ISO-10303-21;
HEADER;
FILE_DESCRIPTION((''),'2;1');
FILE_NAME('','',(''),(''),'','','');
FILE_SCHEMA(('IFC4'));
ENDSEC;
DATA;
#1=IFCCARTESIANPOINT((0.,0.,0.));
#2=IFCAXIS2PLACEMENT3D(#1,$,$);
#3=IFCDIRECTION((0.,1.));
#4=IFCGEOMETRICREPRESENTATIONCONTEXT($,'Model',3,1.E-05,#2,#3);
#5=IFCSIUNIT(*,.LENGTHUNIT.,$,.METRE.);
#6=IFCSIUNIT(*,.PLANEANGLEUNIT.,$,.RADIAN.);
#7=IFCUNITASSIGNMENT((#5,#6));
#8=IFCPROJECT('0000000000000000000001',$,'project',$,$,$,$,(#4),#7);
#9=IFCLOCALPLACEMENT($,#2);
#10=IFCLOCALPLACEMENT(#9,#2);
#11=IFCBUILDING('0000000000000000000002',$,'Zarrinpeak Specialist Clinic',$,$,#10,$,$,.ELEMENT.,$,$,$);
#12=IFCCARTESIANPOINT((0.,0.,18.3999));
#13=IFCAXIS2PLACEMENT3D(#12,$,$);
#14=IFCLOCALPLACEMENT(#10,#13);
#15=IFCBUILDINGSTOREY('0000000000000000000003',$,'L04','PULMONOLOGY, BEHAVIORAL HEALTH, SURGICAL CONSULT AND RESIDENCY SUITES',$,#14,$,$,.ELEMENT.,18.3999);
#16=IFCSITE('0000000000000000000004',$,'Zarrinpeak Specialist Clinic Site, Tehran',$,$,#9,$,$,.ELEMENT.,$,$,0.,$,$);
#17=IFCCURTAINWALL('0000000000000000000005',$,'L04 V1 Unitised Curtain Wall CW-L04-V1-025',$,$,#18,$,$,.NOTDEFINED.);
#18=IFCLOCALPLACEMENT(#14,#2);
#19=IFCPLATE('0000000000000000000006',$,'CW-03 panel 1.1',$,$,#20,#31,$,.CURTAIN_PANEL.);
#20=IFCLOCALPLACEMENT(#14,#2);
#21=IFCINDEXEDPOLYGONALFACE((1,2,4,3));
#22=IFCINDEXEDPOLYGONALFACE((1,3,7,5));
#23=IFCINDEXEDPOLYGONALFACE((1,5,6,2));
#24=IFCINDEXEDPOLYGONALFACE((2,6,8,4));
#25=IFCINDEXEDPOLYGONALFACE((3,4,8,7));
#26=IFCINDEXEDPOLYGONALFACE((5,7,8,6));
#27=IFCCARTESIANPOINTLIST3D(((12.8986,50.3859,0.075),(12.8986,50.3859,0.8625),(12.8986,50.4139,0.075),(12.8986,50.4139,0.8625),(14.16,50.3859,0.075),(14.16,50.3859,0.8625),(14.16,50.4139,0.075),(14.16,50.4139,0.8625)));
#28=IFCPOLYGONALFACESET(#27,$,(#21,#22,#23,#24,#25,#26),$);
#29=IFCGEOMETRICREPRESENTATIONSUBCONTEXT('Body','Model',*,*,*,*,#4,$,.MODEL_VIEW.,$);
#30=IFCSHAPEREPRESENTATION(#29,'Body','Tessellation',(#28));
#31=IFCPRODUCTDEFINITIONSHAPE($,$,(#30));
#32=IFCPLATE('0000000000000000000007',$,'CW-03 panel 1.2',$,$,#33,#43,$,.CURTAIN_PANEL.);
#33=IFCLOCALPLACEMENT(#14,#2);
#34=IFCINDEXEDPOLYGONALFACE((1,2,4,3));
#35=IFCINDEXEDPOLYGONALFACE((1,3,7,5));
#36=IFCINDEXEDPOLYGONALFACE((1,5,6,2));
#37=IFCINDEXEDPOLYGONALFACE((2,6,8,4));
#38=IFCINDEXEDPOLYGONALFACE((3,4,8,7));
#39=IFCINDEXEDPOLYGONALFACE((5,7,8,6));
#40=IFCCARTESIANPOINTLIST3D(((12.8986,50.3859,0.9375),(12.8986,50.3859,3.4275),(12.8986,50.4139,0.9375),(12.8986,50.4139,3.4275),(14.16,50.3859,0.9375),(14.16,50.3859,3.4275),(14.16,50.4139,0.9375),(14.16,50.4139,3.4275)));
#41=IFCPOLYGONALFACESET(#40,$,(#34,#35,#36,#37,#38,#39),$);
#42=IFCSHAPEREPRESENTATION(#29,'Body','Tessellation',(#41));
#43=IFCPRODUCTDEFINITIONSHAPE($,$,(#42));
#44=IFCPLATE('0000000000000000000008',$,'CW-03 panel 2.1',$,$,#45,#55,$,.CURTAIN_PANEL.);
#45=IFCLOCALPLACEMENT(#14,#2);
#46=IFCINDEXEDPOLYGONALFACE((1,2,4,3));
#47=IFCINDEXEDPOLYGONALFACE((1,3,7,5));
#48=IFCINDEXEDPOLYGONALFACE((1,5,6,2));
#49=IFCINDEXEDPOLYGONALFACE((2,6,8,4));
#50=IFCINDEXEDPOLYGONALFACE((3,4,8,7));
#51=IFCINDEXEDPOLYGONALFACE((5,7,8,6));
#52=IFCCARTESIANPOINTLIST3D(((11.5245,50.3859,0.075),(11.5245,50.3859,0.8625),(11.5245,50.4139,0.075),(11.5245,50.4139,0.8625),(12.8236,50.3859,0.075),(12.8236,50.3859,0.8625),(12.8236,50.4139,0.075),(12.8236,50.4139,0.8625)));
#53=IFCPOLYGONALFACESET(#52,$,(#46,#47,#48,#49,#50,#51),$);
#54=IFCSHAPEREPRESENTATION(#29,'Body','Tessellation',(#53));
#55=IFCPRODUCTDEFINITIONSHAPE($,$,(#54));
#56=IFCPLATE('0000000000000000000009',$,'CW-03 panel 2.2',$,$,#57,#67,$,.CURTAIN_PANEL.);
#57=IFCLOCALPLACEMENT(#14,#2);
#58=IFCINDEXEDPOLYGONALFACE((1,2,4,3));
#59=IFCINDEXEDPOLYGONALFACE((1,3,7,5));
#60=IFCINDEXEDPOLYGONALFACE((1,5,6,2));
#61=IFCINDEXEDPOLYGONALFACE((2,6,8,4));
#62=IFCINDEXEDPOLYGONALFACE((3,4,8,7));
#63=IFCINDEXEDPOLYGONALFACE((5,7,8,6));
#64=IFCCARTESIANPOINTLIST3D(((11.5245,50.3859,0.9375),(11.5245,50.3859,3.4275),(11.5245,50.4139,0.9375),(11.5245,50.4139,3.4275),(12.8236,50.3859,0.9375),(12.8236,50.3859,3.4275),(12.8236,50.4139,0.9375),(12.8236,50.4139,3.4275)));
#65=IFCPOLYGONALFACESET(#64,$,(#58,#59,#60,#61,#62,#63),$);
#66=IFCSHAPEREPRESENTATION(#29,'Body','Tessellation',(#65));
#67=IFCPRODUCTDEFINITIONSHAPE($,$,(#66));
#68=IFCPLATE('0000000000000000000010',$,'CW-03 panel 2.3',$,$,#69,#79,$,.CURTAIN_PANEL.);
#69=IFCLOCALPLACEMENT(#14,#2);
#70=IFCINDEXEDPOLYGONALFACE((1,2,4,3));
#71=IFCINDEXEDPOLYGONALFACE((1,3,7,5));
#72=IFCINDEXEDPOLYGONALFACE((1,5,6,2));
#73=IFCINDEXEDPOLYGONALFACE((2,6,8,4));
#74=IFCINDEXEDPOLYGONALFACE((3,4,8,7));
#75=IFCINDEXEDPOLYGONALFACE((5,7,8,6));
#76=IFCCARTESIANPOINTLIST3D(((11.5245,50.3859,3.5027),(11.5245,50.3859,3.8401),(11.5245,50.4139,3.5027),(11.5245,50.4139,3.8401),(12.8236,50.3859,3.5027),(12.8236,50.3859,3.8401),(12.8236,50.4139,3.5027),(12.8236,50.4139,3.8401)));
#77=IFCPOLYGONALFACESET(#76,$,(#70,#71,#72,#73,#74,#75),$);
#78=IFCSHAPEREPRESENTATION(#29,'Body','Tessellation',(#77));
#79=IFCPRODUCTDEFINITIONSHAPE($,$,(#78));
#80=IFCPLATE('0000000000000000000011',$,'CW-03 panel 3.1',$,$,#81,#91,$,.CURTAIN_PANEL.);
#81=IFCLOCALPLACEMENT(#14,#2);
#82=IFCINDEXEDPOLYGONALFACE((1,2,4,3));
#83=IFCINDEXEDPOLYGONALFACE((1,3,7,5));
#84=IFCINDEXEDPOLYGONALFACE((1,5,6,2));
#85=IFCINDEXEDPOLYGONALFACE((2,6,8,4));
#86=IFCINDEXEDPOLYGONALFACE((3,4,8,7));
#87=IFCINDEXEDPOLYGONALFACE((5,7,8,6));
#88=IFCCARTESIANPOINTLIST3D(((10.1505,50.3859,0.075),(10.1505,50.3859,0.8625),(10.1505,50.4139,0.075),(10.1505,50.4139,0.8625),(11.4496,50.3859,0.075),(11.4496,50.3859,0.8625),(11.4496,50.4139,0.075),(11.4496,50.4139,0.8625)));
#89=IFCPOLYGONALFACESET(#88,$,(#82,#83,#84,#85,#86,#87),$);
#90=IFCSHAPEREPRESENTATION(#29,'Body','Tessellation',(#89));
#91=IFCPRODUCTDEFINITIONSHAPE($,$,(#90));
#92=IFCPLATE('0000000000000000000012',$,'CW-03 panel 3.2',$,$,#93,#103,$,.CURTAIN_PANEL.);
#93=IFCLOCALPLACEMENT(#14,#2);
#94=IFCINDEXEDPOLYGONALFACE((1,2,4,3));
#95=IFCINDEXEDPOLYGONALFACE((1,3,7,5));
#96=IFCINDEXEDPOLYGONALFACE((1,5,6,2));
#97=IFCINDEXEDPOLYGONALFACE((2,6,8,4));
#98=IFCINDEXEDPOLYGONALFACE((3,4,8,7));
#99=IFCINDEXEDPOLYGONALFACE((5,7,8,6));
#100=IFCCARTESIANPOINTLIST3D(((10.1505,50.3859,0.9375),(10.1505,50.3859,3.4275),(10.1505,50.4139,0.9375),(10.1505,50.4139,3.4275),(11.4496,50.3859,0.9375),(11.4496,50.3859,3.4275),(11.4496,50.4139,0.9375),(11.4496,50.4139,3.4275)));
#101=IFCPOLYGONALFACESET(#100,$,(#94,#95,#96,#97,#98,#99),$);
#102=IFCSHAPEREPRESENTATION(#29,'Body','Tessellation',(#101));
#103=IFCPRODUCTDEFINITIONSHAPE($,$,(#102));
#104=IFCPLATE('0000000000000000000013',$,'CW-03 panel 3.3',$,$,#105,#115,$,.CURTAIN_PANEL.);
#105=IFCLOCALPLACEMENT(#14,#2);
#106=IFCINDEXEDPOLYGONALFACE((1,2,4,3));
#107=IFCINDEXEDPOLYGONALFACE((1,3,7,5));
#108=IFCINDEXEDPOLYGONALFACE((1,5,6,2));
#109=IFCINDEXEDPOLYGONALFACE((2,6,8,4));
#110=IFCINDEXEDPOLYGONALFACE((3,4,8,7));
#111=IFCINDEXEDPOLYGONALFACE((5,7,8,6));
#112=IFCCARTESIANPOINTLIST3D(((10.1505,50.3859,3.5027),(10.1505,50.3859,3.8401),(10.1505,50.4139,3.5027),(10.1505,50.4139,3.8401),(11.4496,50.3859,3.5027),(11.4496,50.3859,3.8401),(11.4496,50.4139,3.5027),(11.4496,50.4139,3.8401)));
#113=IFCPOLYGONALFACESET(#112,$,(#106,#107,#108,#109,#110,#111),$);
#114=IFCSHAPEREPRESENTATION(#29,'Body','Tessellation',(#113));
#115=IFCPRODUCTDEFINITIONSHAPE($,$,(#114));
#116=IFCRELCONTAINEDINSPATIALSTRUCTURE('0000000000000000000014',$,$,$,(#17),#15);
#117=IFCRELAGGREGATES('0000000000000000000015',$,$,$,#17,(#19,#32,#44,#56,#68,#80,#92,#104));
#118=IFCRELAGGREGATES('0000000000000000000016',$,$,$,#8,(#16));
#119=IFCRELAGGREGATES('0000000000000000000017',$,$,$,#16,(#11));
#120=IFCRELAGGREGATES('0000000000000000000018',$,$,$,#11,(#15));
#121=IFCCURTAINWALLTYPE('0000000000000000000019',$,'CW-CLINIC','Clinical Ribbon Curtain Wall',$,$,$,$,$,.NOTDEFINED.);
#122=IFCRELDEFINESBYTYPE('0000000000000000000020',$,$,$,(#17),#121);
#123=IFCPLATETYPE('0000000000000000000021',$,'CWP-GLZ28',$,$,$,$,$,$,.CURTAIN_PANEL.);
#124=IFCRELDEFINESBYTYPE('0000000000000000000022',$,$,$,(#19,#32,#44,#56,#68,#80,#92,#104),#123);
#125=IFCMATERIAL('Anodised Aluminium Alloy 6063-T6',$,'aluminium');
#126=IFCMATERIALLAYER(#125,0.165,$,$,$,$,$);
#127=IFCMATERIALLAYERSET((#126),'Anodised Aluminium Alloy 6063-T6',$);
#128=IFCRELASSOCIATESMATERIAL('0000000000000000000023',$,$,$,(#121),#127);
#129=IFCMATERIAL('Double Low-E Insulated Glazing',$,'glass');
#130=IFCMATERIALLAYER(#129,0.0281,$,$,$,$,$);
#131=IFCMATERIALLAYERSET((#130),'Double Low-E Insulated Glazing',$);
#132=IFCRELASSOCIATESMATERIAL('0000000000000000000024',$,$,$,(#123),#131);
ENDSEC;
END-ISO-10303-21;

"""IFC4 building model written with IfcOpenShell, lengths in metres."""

from ifc_helpers import new_model, si_unit, direction, frame, origin, origin_2d, place, context, subcontext, project, spatial, rectangle, extrude, material, layer, layer_set, type_object, element, aggregate, save


model = new_model("IFC4")

# Units and contexts
model_context = context("Model", 3, precision=1e-05, world=origin(), true_north=direction((0.0, 1.0)))
body_context = subcontext(model_context, "Body", "Model", "MODEL_VIEW")
ifc_project = project(units=[si_unit("LENGTHUNIT", "METRE"), si_unit("PLANEANGLEUNIT", "RADIAN")], contexts=[model_context])

# Site, building, storey
site_placement = place(None, origin())
site = spatial("IfcSite", under=ifc_project, at=site_placement, Name="Zarrinpeak Specialist Clinic Site, Tehran", CompositionType="ELEMENT", RefElevation=0.0)
building_placement = place(site_placement, origin())
building = spatial("IfcBuilding", under=site, at=building_placement, Name="Zarrinpeak Specialist Clinic", CompositionType="ELEMENT")
storey_placement = place(building_placement, frame((0.0, 0.0, 18.3999)))
storey = spatial("IfcBuildingStorey", under=building, at=storey_placement, Name="L04", Description="PULMONOLOGY, BEHAVIORAL HEALTH, SURGICAL CONSULT AND RESIDENCY SUITES", CompositionType="ELEMENT", Elevation=18.3999)

# Curtain wall, plates
ifc_material_1 = material(Name="Anodised Aluminium Alloy 6063-T6", Category="aluminium")
ifc_layer_1 = layer(ifc_material_1, 0.165)
ifc_layer_set_1 = layer_set([ifc_layer_1], Name="Anodised Aluminium Alloy 6063-T6")
curtain_wall_type = type_object("IfcCurtainWallType", Name="CW-CLINIC", Description="Clinical Ribbon Curtain Wall", PredefinedType="NOTDEFINED", material=ifc_layer_set_1)
curtain_wall_placement = place(storey_placement, origin())
curtain_wall = element("IfcCurtainWall", 1, at=curtain_wall_placement, inside=storey, type_object=curtain_wall_type, Name="L04 V1 Unitised Curtain Wall CW-L04-V1-025", PredefinedType="NOTDEFINED")
ifc_material_2 = material(Name="Double Low-E Insulated Glazing", Category="glass")
ifc_layer_2 = layer(ifc_material_2, 0.0281)
ifc_layer_set_2 = layer_set([ifc_layer_2], Name="Double Low-E Insulated Glazing")
plate_type = type_object("IfcPlateType", Name="CWP-GLZ28", PredefinedType="CURTAIN_PANEL", material=ifc_layer_set_2)
plate_1_placement = place(storey_placement, frame((13.5293, 50.3999, 0.075), z_axis=(0.0, 0.0, 1.0), x_axis=(-1.0, 0.0, 0.0)))
plate_1 = element("IfcPlate", 2, at=plate_1_placement, type_object=plate_type, Name="CW-03 panel 1.1", PredefinedType="CURTAIN_PANEL", context=body_context, shape_type="SweptSolid", body=[
    extrude(rectangle(XDim=1.2615, YDim=0.0281, at=origin_2d()), origin(), (0.0, 0.0, 1.0), 0.7876),
])
plate_2_placement = place(storey_placement, frame((13.5293, 50.3999, 0.9375), z_axis=(0.0, 0.0, 1.0), x_axis=(-1.0, 0.0, 0.0)))
plate_2 = element("IfcPlate", 3, at=plate_2_placement, type_object=plate_type, Name="CW-03 panel 1.2", PredefinedType="CURTAIN_PANEL", context=body_context, shape_type="SweptSolid", body=[
    extrude(rectangle(XDim=1.2615, YDim=0.0281, at=origin_2d()), origin(), (0.0, 0.0, 1.0), 2.49),
])
plate_3_placement = place(storey_placement, frame((12.1741, 50.3999, 0.075), z_axis=(0.0, 0.0, 1.0), x_axis=(-1.0, 0.0, 0.0)))
plate_3 = element("IfcPlate", 4, at=plate_3_placement, type_object=plate_type, Name="CW-03 panel 2.1", PredefinedType="CURTAIN_PANEL", context=body_context, shape_type="SweptSolid", body=[
    extrude(rectangle(XDim=1.2991, YDim=0.0281, at=origin_2d()), origin(), (0.0, 0.0, 1.0), 0.7876),
])
plate_4_placement = place(storey_placement, frame((12.1741, 50.3999, 0.9375), z_axis=(0.0, 0.0, 1.0), x_axis=(-1.0, 0.0, 0.0)))
plate_4 = element("IfcPlate", 5, at=plate_4_placement, type_object=plate_type, Name="CW-03 panel 2.2", PredefinedType="CURTAIN_PANEL", context=body_context, shape_type="SweptSolid", body=[
    extrude(rectangle(XDim=1.2991, YDim=0.0281, at=origin_2d()), origin(), (0.0, 0.0, 1.0), 2.49),
])
plate_5_placement = place(storey_placement, frame((12.1741, 50.3999, 3.5027), z_axis=(0.0, 0.0, 1.0), x_axis=(-1.0, 0.0, 0.0)))
plate_5 = element("IfcPlate", 6, at=plate_5_placement, type_object=plate_type, Name="CW-03 panel 2.3", PredefinedType="CURTAIN_PANEL", context=body_context, shape_type="SweptSolid", body=[
    extrude(rectangle(XDim=1.2991, YDim=0.0281, at=origin_2d()), origin(), (0.0, 0.0, 1.0), 0.3374),
])
plate_6_placement = place(storey_placement, frame((10.8, 50.3999, 0.075), z_axis=(0.0, 0.0, 1.0), x_axis=(-1.0, 0.0, 0.0)))
plate_6 = element("IfcPlate", 7, at=plate_6_placement, type_object=plate_type, Name="CW-03 panel 3.1", PredefinedType="CURTAIN_PANEL", context=body_context, shape_type="SweptSolid", body=[
    extrude(rectangle(XDim=1.2991, YDim=0.0281, at=origin_2d()), origin(), (0.0, 0.0, 1.0), 0.7876),
])
plate_7_placement = place(storey_placement, frame((10.8, 50.3999, 0.9375), z_axis=(0.0, 0.0, 1.0), x_axis=(-1.0, 0.0, 0.0)))
plate_7 = element("IfcPlate", 8, at=plate_7_placement, type_object=plate_type, Name="CW-03 panel 3.2", PredefinedType="CURTAIN_PANEL", context=body_context, shape_type="SweptSolid", body=[
    extrude(rectangle(XDim=1.2991, YDim=0.0281, at=origin_2d()), origin(), (0.0, 0.0, 1.0), 2.49),
])
plate_8_placement = place(storey_placement, frame((10.8, 50.3999, 3.5027), z_axis=(0.0, 0.0, 1.0), x_axis=(-1.0, 0.0, 0.0)))
plate_8 = element("IfcPlate", 9, at=plate_8_placement, type_object=plate_type, Name="CW-03 panel 3.3", PredefinedType="CURTAIN_PANEL", context=body_context, shape_type="SweptSolid", body=[
    extrude(rectangle(XDim=1.2991, YDim=0.0281, at=origin_2d()), origin(), (0.0, 0.0, 1.0), 0.3374),
])
aggregate(curtain_wall, [plate_1, plate_2, plate_3, plate_4, plate_5, plate_6, plate_7, plate_8])

save(model, "model.ifc")
